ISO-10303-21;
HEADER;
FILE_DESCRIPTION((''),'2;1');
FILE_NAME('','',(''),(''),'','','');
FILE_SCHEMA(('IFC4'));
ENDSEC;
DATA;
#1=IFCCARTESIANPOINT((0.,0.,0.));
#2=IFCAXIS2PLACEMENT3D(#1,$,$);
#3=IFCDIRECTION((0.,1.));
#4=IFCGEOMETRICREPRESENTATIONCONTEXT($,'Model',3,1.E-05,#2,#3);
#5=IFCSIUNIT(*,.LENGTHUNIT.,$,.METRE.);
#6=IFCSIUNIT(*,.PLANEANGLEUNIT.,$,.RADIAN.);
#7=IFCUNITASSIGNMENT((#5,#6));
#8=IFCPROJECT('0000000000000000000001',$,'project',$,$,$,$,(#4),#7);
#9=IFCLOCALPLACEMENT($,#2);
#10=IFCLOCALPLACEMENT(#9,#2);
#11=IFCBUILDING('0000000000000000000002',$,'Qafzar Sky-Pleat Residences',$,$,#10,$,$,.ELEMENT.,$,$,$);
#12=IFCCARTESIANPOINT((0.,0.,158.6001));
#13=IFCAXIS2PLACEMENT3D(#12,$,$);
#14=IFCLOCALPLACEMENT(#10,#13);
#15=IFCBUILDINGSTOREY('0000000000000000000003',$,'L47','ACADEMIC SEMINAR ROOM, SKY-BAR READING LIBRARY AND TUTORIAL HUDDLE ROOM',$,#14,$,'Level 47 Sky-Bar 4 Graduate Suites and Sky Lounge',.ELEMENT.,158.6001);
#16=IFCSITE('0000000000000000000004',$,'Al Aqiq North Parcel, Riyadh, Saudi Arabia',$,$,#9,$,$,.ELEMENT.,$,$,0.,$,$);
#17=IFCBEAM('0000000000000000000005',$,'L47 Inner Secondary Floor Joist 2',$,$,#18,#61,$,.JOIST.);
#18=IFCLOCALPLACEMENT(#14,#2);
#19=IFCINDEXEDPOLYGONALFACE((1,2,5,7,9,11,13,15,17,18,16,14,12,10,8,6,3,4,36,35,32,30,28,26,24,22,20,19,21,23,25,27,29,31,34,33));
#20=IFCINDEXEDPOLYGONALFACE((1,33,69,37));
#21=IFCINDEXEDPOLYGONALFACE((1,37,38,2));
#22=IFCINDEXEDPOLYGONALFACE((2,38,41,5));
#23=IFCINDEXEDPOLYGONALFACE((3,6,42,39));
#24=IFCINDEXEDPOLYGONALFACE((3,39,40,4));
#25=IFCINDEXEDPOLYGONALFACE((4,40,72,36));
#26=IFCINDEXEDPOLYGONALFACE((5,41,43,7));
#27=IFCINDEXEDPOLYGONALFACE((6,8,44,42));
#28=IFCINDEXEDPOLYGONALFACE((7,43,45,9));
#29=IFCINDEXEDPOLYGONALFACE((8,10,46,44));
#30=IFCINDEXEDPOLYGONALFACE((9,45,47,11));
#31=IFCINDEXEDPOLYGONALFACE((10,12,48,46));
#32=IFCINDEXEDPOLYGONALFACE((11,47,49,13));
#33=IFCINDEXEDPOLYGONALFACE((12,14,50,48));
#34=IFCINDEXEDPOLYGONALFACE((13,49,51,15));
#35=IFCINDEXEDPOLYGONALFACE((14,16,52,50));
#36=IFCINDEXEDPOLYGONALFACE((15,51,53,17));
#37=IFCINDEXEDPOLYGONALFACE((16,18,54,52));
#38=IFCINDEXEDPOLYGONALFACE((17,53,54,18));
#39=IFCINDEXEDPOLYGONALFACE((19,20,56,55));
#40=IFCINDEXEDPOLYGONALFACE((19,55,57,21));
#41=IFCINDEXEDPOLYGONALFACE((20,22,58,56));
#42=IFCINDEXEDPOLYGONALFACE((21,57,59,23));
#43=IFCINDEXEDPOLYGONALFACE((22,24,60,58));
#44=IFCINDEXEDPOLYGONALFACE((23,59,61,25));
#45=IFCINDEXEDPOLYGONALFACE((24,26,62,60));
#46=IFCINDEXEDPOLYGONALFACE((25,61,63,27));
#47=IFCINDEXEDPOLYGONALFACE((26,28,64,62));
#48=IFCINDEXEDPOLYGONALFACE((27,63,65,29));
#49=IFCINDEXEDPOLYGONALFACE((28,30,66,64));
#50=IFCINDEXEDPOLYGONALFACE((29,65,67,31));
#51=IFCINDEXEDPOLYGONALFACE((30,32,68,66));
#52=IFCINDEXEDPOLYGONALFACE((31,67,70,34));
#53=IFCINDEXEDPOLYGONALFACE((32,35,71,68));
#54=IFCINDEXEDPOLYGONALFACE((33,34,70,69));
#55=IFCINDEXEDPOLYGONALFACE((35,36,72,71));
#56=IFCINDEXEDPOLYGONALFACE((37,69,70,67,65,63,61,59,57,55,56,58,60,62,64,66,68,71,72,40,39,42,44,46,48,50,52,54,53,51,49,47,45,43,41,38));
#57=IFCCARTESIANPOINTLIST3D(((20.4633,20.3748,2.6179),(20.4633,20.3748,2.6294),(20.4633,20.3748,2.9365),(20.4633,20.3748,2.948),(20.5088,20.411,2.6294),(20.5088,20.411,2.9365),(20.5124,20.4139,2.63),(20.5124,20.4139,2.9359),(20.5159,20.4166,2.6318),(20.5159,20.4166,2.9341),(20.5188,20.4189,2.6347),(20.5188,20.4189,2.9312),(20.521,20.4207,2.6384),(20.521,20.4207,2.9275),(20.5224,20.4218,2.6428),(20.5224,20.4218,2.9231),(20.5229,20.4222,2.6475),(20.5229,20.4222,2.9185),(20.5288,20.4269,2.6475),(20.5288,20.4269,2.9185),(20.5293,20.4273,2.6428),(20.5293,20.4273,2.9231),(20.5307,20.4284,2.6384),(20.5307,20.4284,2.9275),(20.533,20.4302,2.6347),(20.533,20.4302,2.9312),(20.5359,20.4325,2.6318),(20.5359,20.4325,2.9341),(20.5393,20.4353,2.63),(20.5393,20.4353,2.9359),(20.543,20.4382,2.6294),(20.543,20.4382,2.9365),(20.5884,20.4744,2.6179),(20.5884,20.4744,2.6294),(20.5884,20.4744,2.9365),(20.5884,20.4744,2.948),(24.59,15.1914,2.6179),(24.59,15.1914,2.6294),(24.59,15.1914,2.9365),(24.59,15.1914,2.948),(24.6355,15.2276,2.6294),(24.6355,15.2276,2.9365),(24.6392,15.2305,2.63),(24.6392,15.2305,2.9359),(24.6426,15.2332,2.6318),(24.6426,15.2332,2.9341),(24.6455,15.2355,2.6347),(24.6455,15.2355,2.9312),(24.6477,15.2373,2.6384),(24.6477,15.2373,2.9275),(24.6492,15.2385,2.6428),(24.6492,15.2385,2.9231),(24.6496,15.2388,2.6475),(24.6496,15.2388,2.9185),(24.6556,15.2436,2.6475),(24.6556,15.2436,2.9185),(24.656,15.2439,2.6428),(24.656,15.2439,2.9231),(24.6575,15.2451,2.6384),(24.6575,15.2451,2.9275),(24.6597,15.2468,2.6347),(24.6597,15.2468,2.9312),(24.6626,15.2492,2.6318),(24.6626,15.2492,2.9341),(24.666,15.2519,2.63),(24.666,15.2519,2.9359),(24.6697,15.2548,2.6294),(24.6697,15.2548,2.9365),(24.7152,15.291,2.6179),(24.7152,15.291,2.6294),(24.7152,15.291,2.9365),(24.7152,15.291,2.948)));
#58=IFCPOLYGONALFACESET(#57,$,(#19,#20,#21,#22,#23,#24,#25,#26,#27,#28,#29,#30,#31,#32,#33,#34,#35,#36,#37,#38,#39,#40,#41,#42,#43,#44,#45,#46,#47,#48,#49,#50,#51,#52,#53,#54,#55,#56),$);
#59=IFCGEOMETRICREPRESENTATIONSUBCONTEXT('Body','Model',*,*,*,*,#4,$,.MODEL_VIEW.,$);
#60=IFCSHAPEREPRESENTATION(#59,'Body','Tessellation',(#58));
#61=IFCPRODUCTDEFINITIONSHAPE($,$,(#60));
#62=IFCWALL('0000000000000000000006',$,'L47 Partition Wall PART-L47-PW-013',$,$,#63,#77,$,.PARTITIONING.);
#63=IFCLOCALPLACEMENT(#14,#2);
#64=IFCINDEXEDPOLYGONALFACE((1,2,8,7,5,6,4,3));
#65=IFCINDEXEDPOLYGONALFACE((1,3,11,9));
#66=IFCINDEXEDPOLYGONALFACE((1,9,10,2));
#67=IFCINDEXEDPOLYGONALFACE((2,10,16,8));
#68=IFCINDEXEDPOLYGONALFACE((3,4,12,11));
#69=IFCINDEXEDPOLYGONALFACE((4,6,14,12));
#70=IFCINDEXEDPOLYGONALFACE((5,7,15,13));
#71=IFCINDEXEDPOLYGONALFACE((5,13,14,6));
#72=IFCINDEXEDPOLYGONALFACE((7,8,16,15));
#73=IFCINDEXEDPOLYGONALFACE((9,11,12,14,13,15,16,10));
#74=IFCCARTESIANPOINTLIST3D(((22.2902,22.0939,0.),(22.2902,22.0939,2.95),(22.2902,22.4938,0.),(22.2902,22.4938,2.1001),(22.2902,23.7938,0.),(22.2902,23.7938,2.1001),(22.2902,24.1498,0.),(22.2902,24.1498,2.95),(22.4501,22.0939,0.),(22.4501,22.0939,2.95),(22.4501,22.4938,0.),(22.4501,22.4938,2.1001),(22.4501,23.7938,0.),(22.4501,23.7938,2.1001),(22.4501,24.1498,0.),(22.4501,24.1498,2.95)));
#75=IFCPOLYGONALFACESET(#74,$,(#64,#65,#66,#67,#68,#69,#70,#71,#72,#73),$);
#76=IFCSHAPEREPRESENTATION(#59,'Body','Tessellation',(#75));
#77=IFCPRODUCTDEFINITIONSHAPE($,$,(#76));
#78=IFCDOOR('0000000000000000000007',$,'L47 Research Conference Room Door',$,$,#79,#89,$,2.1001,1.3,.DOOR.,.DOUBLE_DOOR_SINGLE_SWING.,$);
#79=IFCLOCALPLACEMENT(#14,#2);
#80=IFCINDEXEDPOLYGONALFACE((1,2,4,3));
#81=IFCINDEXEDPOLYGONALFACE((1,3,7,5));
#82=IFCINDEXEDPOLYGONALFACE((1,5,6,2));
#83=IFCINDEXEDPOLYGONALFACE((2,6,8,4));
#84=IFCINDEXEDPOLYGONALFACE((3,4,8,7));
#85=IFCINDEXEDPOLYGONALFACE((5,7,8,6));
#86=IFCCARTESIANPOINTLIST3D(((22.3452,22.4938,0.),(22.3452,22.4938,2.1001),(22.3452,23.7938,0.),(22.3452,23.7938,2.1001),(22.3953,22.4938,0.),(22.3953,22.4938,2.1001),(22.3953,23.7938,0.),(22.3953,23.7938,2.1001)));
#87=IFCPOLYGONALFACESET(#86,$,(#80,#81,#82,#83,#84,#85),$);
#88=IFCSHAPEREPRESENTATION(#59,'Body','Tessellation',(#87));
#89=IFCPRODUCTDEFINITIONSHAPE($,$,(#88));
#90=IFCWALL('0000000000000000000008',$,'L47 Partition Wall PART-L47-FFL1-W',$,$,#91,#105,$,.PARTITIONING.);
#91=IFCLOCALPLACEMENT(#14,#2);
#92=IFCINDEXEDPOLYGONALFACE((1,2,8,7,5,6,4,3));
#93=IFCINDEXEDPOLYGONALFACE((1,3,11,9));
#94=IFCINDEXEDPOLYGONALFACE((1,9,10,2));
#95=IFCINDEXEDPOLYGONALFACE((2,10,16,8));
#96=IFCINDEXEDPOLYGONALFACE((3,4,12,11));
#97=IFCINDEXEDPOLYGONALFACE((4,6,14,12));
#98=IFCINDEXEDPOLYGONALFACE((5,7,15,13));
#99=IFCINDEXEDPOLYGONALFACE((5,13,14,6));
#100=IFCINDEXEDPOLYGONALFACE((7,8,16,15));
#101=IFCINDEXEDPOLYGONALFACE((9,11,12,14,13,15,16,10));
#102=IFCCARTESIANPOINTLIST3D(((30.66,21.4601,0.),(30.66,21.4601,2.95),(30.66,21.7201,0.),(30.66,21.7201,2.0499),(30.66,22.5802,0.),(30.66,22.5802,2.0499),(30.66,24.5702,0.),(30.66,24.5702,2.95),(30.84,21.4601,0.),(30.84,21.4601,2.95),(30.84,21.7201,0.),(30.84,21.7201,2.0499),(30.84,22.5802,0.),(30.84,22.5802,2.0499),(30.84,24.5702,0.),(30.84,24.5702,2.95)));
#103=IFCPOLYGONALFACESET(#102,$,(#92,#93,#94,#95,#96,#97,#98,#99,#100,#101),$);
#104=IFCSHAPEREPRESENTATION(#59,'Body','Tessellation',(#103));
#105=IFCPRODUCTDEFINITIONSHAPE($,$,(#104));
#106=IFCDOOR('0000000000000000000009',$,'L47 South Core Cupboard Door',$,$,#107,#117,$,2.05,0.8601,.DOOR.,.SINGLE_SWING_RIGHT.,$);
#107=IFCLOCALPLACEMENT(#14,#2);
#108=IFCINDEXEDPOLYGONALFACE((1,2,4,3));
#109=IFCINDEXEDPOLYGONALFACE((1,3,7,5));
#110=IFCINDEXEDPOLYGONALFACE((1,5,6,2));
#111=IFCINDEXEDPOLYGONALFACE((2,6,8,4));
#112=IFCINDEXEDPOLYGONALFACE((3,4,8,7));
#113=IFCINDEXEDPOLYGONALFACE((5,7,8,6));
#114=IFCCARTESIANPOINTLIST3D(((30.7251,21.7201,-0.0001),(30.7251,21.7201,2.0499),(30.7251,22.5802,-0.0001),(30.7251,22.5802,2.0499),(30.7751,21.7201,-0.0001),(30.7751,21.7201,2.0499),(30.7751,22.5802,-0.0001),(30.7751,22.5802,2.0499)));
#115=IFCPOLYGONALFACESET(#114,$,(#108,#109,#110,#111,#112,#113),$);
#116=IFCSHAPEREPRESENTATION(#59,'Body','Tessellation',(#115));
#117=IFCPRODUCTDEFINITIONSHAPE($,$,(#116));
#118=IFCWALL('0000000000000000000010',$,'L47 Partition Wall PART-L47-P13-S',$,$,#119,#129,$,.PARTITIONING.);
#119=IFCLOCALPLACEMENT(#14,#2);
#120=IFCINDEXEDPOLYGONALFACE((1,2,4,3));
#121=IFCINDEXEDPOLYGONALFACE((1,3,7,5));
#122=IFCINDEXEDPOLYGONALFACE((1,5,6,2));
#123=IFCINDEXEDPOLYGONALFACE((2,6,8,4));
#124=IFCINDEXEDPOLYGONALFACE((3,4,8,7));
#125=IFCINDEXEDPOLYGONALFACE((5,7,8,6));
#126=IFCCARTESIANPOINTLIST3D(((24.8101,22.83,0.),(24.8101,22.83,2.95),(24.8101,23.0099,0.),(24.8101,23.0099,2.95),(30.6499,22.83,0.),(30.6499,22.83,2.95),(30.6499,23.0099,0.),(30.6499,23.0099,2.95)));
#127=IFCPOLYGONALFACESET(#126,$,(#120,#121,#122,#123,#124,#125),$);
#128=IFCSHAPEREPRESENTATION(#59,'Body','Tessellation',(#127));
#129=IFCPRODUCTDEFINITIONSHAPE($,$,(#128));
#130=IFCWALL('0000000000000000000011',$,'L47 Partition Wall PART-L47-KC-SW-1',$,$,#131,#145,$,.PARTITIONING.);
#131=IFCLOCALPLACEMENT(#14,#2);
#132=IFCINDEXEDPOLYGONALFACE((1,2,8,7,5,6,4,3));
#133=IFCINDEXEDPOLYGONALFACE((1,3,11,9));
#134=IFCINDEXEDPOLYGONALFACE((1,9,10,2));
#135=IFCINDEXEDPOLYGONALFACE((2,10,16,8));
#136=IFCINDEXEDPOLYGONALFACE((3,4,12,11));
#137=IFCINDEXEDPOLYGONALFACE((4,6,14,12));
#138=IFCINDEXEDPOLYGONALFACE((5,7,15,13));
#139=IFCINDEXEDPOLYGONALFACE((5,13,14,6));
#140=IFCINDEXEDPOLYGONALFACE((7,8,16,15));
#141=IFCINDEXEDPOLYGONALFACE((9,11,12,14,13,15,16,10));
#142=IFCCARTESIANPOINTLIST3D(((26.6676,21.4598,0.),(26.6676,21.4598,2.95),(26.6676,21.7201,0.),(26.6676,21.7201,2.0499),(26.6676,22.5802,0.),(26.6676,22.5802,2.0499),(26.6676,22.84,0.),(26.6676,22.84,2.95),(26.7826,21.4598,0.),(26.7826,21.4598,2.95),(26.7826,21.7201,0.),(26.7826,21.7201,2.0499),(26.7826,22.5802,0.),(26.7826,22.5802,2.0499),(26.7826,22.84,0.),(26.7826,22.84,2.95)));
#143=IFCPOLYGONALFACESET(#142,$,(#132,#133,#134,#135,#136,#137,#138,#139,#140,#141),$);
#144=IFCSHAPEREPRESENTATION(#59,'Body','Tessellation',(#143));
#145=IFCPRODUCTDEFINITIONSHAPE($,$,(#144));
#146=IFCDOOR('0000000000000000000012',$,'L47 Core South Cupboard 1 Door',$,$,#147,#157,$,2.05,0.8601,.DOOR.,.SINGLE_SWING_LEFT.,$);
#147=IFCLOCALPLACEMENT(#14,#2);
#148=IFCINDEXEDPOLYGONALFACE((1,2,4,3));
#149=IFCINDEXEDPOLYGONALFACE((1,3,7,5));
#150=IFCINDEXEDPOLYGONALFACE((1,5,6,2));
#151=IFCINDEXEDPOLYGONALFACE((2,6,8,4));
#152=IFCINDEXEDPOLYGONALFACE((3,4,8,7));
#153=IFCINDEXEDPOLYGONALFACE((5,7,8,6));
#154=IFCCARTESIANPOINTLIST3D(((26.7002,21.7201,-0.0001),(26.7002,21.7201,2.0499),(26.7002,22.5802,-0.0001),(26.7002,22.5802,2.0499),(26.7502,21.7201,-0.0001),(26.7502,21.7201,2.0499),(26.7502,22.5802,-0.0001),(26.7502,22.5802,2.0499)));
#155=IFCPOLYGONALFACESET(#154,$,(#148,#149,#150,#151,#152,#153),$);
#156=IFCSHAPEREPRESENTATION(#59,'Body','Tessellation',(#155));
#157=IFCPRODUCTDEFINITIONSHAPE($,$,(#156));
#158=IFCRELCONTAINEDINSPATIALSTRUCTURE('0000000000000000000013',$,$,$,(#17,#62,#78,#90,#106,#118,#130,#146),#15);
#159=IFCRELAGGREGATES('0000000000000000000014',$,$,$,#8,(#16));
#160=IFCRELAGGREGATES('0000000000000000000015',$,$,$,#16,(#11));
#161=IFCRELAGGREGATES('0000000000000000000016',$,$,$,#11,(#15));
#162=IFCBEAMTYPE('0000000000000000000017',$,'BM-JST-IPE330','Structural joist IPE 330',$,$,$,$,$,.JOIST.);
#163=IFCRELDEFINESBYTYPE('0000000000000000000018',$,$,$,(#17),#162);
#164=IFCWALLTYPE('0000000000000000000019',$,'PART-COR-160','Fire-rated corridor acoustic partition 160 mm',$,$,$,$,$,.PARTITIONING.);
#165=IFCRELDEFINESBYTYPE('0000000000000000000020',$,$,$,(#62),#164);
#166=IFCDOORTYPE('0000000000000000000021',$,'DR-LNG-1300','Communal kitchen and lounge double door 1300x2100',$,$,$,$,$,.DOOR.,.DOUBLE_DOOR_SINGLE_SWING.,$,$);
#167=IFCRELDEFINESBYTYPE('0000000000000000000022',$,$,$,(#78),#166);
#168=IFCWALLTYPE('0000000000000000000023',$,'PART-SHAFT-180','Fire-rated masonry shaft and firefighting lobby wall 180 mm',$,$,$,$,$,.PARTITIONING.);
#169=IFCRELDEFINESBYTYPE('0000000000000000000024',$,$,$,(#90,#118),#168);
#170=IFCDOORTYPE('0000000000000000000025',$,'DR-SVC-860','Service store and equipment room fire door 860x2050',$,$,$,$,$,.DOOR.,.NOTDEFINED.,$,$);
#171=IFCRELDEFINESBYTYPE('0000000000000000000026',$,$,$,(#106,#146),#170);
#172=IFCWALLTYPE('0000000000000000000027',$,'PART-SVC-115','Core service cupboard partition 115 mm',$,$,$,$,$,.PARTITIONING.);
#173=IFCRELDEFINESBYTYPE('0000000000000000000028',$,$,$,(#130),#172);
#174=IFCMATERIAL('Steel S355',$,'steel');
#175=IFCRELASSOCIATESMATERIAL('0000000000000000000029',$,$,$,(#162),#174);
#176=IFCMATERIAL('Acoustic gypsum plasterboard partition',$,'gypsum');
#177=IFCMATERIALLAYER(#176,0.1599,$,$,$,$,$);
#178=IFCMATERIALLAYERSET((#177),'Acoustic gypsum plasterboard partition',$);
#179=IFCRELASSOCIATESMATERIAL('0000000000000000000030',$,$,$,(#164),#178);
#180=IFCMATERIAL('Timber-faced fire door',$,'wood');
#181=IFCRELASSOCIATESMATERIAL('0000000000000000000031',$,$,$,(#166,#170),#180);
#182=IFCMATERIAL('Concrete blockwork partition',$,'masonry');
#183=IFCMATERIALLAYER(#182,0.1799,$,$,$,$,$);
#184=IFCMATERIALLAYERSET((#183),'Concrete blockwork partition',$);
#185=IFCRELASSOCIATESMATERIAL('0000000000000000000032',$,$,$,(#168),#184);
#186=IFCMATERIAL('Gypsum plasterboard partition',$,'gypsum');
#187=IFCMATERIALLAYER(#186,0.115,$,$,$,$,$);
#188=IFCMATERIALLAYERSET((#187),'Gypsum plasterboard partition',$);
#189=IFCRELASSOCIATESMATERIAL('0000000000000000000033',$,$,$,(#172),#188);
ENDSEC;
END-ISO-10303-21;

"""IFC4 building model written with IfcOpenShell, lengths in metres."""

from ifc_helpers import new_model, si_unit, direction, frame, frame_2d, origin, origin_2d, place, context, subcontext, project, spatial, rectangle, i_section, extrude, source, transform, mapped, material, layer, layer_set, material_profile, profile_set, type_object, element, fill, save


model = new_model("IFC4")

# Units and contexts
model_context = context("Model", 3, precision=1e-05, world=origin(), true_north=direction((0.0, 1.0)))
body_context = subcontext(model_context, "Body", "Model", "MODEL_VIEW")
ifc_project = project(units=[si_unit("LENGTHUNIT", "METRE"), si_unit("PLANEANGLEUNIT", "RADIAN")], contexts=[model_context])

# Site, building, storey
site_placement = place(None, origin())
site = spatial("IfcSite", under=ifc_project, at=site_placement, Name="Al Aqiq North Parcel, Riyadh, Saudi Arabia", CompositionType="ELEMENT", RefElevation=0.0)
building_placement = place(site_placement, origin())
building = spatial("IfcBuilding", under=site, at=building_placement, Name="Qafzar Sky-Pleat Residences", CompositionType="ELEMENT")
storey_placement = place(building_placement, frame((0.0, 0.0, 158.6001)))
storey = spatial("IfcBuildingStorey", under=building, at=storey_placement, Name="L47", Description="ACADEMIC SEMINAR ROOM, SKY-BAR READING LIBRARY AND TUTORIAL HUDDLE ROOM", LongName="Level 47 Sky-Bar 4 Graduate Suites and Sky Lounge", CompositionType="ELEMENT", Elevation=158.6001)

# Beam
ifc_material_1 = material(Name="Steel S355", Category="steel")
ifc_material_profile = material_profile(ifc_material_1, i_section(OverallWidth=0.1599, OverallDepth=0.3301, WebThickness=0.0076, FlangeThickness=0.0115, FilletRadius=0.0181, at=origin_2d()), Name="IPE 330")
ifc_profile_set = profile_set([ifc_material_profile], Name="Steel S355")
beam_type = type_object("IfcBeamType", Name="BM-JST-IPE330", Description="Structural joist IPE 330", PredefinedType="JOIST", material=ifc_profile_set)
shared_shape_1 = source(origin(), body_context, "Body", "SweptSolid", [
    extrude(i_section(OverallWidth=0.1599, OverallDepth=0.3301, WebThickness=0.0076, FlangeThickness=0.0115, FilletRadius=0.0181, at=origin_2d()), origin(), (0.0, 0.0, 1.0), 6.6255),
])
beam_placement = place(storey_placement, frame((20.5259, 20.4246, 2.783), z_axis=(0.622855, -0.782337, 0.0), x_axis=(0.782337, 0.622855, 0.0)))
element("IfcBeam", 1, at=beam_placement, inside=storey, type_object=beam_type, Name="L47 Inner Secondary Floor Joist 2", PredefinedType="JOIST", context=body_context, shape_type="MappedRepresentation", body=[
    mapped(shared_shape_1, transform((0.0, 0.0, 0.0), x_axis=(1.0, 0.0, 0.0), y_axis=(0.0, 1.0, 0.0), z_axis=(0.0, 0.0, 1.0), scale=1.0)),
])

# Walls, openings, doors
ifc_material_2 = material(Name="Acoustic gypsum plasterboard partition", Category="gypsum")
ifc_layer_1 = layer(ifc_material_2, 0.1599)
ifc_layer_set_1 = layer_set([ifc_layer_1], Name="Acoustic gypsum plasterboard partition")
wall_type_1 = type_object("IfcWallType", Name="PART-COR-160", Description="Fire-rated corridor acoustic partition 160 mm", PredefinedType="PARTITIONING", material=ifc_layer_set_1)
wall_1_placement = place(storey_placement, frame((22.3701, 22.094, 0.0), z_axis=(0.0, 0.0, 1.0), x_axis=(0.0, 1.0, 0.0)))
wall_1 = element("IfcWall", 2, at=wall_1_placement, inside=storey, type_object=wall_type_1, Name="L47 Partition Wall PART-L47-PW-013", PredefinedType="PARTITIONING", context=body_context, shape_type="SweptSolid", body=[
    extrude(rectangle(XDim=2.0559, YDim=0.1599, at=frame_2d((1.0278, 0.0))), origin(), (0.0, 0.0, 1.0), 2.95),
])
opening_1_placement = place(wall_1_placement, frame((0.3999, 0.0, 0.0)))
opening_1 = element("IfcOpeningElement", 3, at=opening_1_placement, cuts=wall_1, PredefinedType="OPENING", context=body_context, shape_type="SweptSolid", body=[
    extrude(rectangle(XDim=1.3, YDim=2.1001, at=frame_2d((0.6499, 1.05))), frame((0.0, 0.0898, 0.0), z_axis=(0.0, -1.0, 0.0), x_axis=(1.0, 0.0, 0.0)), (0.0, 0.0, 1.0), 0.1799),
])
ifc_material_3 = material(Name="Timber-faced fire door", Category="wood")
door_type_1 = type_object("IfcDoorType", Name="DR-LNG-1300", Description="Communal kitchen and lounge double door 1300x2100", OperationType="DOUBLE_DOOR_SINGLE_SWING", PredefinedType="DOOR", material=ifc_material_3)
shared_shape_2 = source(origin(), body_context, "Body", "SweptSolid", [
    extrude(rectangle(XDim=1.3, YDim=2.1001, at=frame_2d((0.6499, 1.05))), frame((0.0, 0.0249, 0.0), z_axis=(0.0, -1.0, 0.0), x_axis=(1.0, 0.0, 0.0)), (0.0, 0.0, 1.0), 0.05),
])
door_1_placement = place(opening_1_placement, origin())
door_1 = element("IfcDoor", 4, at=door_1_placement, inside=storey, type_object=door_type_1, Name="L47 Research Conference Room Door", OperationType="DOUBLE_DOOR_SINGLE_SWING", OverallHeight=2.1001, OverallWidth=1.3, PredefinedType="DOOR", context=body_context, shape_type="MappedRepresentation", body=[
    mapped(shared_shape_2, transform((0.0, 0.0, 0.0), x_axis=(1.0, 0.0, 0.0), y_axis=(0.0, 1.0, 0.0), z_axis=(0.0, 0.0, 1.0), scale=1.0)),
])
fill(opening_1, door_1)
ifc_material_4 = material(Name="Concrete blockwork partition", Category="masonry")
ifc_layer_2 = layer(ifc_material_4, 0.1799)
ifc_layer_set_2 = layer_set([ifc_layer_2], Name="Concrete blockwork partition")
wall_type_2 = type_object("IfcWallType", Name="PART-SHAFT-180", Description="Fire-rated masonry shaft and firefighting lobby wall 180 mm", PredefinedType="PARTITIONING", material=ifc_layer_set_2)
wall_2_placement = place(storey_placement, frame((30.75, 21.46, 0.0), z_axis=(0.0, 0.0, 1.0), x_axis=(0.0, 1.0, 0.0)))
wall_2 = element("IfcWall", 5, at=wall_2_placement, inside=storey, type_object=wall_type_2, Name="L47 Partition Wall PART-L47-FFL1-W", PredefinedType="PARTITIONING", context=body_context, shape_type="SweptSolid", body=[
    extrude(rectangle(XDim=3.1101, YDim=0.1799, at=frame_2d((1.5552, 0.0))), origin(), (0.0, 0.0, 1.0), 2.95),
])
opening_2_placement = place(wall_2_placement, frame((0.26, 0.0, 0.0)))
opening_2 = element("IfcOpeningElement", 6, at=opening_2_placement, cuts=wall_2, PredefinedType="OPENING", context=body_context, shape_type="SweptSolid", body=[
    extrude(rectangle(XDim=0.8601, YDim=2.05, at=frame_2d((0.4302, 1.0249))), frame((0.0, 0.1001, 0.0), z_axis=(0.0, -1.0, 0.0), x_axis=(1.0, 0.0, 0.0)), (0.0, 0.0, 1.0), 0.2),
])
door_type_2 = type_object("IfcDoorType", Name="DR-SVC-860", Description="Service store and equipment room fire door 860x2050", OperationType="NOTDEFINED", PredefinedType="DOOR", material=ifc_material_3)
shared_shape_3 = source(origin(), body_context, "Body", "SweptSolid", [
    extrude(rectangle(XDim=0.8601, YDim=2.05, at=frame_2d((0.4302, 1.0249))), frame((0.0, 0.0249, 0.0), z_axis=(0.0, -1.0, 0.0), x_axis=(1.0, 0.0, 0.0)), (0.0, 0.0, 1.0), 0.05),
])
door_2_placement = place(opening_2_placement, origin())
door_2 = element("IfcDoor", 7, at=door_2_placement, inside=storey, type_object=door_type_2, Name="L47 South Core Cupboard Door", OperationType="SINGLE_SWING_RIGHT", OverallHeight=2.05, OverallWidth=0.8601, PredefinedType="DOOR", context=body_context, shape_type="MappedRepresentation", body=[
    mapped(shared_shape_3, transform((0.0, 0.0, 0.0), x_axis=(1.0, 0.0, 0.0), y_axis=(0.0, 1.0, 0.0), z_axis=(0.0, 0.0, 1.0), scale=1.0)),
])
fill(opening_2, door_2)

# Wall
wall_3_placement = place(storey_placement, frame((24.8101, 22.9199, 0.0), z_axis=(0.0, 0.0, 1.0), x_axis=(1.0, 0.0, 0.0)))
element("IfcWall", 8, at=wall_3_placement, inside=storey, type_object=wall_type_2, Name="L47 Partition Wall PART-L47-P13-S", PredefinedType="PARTITIONING", context=body_context, shape_type="SweptSolid", body=[
    extrude(rectangle(XDim=5.8398, YDim=0.1799, at=frame_2d((2.9199, 0.0))), origin(), (0.0, 0.0, 1.0), 2.95),
])

# Wall, opening, door
ifc_material_5 = material(Name="Gypsum plasterboard partition", Category="gypsum")
ifc_layer_3 = layer(ifc_material_5, 0.115)
ifc_layer_set_3 = layer_set([ifc_layer_3], Name="Gypsum plasterboard partition")
wall_type_3 = type_object("IfcWallType", Name="PART-SVC-115", Description="Core service cupboard partition 115 mm", PredefinedType="PARTITIONING", material=ifc_layer_set_3)
wall_4_placement = place(storey_placement, frame((26.7251, 21.46, 0.0), z_axis=(0.0, 0.0, 1.0), x_axis=(0.0, 1.0, 0.0)))
wall_4 = element("IfcWall", 9, at=wall_4_placement, inside=storey, type_object=wall_type_3, Name="L47 Partition Wall PART-L47-KC-SW-1", PredefinedType="PARTITIONING", context=body_context, shape_type="SweptSolid", body=[
    extrude(rectangle(XDim=1.3801, YDim=0.115, at=frame_2d((0.6899, 0.0))), origin(), (0.0, 0.0, 1.0), 2.95),
])
opening_3_placement = place(wall_4_placement, frame((0.26, 0.0, 0.0)))
opening_3 = element("IfcOpeningElement", 10, at=opening_3_placement, cuts=wall_4, PredefinedType="OPENING", context=body_context, shape_type="SweptSolid", body=[
    extrude(rectangle(XDim=0.8601, YDim=2.05, at=frame_2d((0.4302, 1.0249))), frame((0.0, 0.0674, 0.0), z_axis=(0.0, -1.0, 0.0), x_axis=(1.0, 0.0, 0.0)), (0.0, 0.0, 1.0), 0.135),
])
door_3_placement = place(opening_3_placement, origin())
door_3 = element("IfcDoor", 11, at=door_3_placement, inside=storey, type_object=door_type_2, Name="L47 Core South Cupboard 1 Door", OperationType="SINGLE_SWING_LEFT", OverallHeight=2.05, OverallWidth=0.8601, PredefinedType="DOOR", context=body_context, shape_type="MappedRepresentation", body=[
    mapped(shared_shape_3, transform((0.0, 0.0, 0.0), x_axis=(1.0, 0.0, 0.0), y_axis=(0.0, 1.0, 0.0), z_axis=(0.0, 0.0, 1.0), scale=1.0)),
])
fill(opening_3, door_3)

save(model, "model.ifc")
